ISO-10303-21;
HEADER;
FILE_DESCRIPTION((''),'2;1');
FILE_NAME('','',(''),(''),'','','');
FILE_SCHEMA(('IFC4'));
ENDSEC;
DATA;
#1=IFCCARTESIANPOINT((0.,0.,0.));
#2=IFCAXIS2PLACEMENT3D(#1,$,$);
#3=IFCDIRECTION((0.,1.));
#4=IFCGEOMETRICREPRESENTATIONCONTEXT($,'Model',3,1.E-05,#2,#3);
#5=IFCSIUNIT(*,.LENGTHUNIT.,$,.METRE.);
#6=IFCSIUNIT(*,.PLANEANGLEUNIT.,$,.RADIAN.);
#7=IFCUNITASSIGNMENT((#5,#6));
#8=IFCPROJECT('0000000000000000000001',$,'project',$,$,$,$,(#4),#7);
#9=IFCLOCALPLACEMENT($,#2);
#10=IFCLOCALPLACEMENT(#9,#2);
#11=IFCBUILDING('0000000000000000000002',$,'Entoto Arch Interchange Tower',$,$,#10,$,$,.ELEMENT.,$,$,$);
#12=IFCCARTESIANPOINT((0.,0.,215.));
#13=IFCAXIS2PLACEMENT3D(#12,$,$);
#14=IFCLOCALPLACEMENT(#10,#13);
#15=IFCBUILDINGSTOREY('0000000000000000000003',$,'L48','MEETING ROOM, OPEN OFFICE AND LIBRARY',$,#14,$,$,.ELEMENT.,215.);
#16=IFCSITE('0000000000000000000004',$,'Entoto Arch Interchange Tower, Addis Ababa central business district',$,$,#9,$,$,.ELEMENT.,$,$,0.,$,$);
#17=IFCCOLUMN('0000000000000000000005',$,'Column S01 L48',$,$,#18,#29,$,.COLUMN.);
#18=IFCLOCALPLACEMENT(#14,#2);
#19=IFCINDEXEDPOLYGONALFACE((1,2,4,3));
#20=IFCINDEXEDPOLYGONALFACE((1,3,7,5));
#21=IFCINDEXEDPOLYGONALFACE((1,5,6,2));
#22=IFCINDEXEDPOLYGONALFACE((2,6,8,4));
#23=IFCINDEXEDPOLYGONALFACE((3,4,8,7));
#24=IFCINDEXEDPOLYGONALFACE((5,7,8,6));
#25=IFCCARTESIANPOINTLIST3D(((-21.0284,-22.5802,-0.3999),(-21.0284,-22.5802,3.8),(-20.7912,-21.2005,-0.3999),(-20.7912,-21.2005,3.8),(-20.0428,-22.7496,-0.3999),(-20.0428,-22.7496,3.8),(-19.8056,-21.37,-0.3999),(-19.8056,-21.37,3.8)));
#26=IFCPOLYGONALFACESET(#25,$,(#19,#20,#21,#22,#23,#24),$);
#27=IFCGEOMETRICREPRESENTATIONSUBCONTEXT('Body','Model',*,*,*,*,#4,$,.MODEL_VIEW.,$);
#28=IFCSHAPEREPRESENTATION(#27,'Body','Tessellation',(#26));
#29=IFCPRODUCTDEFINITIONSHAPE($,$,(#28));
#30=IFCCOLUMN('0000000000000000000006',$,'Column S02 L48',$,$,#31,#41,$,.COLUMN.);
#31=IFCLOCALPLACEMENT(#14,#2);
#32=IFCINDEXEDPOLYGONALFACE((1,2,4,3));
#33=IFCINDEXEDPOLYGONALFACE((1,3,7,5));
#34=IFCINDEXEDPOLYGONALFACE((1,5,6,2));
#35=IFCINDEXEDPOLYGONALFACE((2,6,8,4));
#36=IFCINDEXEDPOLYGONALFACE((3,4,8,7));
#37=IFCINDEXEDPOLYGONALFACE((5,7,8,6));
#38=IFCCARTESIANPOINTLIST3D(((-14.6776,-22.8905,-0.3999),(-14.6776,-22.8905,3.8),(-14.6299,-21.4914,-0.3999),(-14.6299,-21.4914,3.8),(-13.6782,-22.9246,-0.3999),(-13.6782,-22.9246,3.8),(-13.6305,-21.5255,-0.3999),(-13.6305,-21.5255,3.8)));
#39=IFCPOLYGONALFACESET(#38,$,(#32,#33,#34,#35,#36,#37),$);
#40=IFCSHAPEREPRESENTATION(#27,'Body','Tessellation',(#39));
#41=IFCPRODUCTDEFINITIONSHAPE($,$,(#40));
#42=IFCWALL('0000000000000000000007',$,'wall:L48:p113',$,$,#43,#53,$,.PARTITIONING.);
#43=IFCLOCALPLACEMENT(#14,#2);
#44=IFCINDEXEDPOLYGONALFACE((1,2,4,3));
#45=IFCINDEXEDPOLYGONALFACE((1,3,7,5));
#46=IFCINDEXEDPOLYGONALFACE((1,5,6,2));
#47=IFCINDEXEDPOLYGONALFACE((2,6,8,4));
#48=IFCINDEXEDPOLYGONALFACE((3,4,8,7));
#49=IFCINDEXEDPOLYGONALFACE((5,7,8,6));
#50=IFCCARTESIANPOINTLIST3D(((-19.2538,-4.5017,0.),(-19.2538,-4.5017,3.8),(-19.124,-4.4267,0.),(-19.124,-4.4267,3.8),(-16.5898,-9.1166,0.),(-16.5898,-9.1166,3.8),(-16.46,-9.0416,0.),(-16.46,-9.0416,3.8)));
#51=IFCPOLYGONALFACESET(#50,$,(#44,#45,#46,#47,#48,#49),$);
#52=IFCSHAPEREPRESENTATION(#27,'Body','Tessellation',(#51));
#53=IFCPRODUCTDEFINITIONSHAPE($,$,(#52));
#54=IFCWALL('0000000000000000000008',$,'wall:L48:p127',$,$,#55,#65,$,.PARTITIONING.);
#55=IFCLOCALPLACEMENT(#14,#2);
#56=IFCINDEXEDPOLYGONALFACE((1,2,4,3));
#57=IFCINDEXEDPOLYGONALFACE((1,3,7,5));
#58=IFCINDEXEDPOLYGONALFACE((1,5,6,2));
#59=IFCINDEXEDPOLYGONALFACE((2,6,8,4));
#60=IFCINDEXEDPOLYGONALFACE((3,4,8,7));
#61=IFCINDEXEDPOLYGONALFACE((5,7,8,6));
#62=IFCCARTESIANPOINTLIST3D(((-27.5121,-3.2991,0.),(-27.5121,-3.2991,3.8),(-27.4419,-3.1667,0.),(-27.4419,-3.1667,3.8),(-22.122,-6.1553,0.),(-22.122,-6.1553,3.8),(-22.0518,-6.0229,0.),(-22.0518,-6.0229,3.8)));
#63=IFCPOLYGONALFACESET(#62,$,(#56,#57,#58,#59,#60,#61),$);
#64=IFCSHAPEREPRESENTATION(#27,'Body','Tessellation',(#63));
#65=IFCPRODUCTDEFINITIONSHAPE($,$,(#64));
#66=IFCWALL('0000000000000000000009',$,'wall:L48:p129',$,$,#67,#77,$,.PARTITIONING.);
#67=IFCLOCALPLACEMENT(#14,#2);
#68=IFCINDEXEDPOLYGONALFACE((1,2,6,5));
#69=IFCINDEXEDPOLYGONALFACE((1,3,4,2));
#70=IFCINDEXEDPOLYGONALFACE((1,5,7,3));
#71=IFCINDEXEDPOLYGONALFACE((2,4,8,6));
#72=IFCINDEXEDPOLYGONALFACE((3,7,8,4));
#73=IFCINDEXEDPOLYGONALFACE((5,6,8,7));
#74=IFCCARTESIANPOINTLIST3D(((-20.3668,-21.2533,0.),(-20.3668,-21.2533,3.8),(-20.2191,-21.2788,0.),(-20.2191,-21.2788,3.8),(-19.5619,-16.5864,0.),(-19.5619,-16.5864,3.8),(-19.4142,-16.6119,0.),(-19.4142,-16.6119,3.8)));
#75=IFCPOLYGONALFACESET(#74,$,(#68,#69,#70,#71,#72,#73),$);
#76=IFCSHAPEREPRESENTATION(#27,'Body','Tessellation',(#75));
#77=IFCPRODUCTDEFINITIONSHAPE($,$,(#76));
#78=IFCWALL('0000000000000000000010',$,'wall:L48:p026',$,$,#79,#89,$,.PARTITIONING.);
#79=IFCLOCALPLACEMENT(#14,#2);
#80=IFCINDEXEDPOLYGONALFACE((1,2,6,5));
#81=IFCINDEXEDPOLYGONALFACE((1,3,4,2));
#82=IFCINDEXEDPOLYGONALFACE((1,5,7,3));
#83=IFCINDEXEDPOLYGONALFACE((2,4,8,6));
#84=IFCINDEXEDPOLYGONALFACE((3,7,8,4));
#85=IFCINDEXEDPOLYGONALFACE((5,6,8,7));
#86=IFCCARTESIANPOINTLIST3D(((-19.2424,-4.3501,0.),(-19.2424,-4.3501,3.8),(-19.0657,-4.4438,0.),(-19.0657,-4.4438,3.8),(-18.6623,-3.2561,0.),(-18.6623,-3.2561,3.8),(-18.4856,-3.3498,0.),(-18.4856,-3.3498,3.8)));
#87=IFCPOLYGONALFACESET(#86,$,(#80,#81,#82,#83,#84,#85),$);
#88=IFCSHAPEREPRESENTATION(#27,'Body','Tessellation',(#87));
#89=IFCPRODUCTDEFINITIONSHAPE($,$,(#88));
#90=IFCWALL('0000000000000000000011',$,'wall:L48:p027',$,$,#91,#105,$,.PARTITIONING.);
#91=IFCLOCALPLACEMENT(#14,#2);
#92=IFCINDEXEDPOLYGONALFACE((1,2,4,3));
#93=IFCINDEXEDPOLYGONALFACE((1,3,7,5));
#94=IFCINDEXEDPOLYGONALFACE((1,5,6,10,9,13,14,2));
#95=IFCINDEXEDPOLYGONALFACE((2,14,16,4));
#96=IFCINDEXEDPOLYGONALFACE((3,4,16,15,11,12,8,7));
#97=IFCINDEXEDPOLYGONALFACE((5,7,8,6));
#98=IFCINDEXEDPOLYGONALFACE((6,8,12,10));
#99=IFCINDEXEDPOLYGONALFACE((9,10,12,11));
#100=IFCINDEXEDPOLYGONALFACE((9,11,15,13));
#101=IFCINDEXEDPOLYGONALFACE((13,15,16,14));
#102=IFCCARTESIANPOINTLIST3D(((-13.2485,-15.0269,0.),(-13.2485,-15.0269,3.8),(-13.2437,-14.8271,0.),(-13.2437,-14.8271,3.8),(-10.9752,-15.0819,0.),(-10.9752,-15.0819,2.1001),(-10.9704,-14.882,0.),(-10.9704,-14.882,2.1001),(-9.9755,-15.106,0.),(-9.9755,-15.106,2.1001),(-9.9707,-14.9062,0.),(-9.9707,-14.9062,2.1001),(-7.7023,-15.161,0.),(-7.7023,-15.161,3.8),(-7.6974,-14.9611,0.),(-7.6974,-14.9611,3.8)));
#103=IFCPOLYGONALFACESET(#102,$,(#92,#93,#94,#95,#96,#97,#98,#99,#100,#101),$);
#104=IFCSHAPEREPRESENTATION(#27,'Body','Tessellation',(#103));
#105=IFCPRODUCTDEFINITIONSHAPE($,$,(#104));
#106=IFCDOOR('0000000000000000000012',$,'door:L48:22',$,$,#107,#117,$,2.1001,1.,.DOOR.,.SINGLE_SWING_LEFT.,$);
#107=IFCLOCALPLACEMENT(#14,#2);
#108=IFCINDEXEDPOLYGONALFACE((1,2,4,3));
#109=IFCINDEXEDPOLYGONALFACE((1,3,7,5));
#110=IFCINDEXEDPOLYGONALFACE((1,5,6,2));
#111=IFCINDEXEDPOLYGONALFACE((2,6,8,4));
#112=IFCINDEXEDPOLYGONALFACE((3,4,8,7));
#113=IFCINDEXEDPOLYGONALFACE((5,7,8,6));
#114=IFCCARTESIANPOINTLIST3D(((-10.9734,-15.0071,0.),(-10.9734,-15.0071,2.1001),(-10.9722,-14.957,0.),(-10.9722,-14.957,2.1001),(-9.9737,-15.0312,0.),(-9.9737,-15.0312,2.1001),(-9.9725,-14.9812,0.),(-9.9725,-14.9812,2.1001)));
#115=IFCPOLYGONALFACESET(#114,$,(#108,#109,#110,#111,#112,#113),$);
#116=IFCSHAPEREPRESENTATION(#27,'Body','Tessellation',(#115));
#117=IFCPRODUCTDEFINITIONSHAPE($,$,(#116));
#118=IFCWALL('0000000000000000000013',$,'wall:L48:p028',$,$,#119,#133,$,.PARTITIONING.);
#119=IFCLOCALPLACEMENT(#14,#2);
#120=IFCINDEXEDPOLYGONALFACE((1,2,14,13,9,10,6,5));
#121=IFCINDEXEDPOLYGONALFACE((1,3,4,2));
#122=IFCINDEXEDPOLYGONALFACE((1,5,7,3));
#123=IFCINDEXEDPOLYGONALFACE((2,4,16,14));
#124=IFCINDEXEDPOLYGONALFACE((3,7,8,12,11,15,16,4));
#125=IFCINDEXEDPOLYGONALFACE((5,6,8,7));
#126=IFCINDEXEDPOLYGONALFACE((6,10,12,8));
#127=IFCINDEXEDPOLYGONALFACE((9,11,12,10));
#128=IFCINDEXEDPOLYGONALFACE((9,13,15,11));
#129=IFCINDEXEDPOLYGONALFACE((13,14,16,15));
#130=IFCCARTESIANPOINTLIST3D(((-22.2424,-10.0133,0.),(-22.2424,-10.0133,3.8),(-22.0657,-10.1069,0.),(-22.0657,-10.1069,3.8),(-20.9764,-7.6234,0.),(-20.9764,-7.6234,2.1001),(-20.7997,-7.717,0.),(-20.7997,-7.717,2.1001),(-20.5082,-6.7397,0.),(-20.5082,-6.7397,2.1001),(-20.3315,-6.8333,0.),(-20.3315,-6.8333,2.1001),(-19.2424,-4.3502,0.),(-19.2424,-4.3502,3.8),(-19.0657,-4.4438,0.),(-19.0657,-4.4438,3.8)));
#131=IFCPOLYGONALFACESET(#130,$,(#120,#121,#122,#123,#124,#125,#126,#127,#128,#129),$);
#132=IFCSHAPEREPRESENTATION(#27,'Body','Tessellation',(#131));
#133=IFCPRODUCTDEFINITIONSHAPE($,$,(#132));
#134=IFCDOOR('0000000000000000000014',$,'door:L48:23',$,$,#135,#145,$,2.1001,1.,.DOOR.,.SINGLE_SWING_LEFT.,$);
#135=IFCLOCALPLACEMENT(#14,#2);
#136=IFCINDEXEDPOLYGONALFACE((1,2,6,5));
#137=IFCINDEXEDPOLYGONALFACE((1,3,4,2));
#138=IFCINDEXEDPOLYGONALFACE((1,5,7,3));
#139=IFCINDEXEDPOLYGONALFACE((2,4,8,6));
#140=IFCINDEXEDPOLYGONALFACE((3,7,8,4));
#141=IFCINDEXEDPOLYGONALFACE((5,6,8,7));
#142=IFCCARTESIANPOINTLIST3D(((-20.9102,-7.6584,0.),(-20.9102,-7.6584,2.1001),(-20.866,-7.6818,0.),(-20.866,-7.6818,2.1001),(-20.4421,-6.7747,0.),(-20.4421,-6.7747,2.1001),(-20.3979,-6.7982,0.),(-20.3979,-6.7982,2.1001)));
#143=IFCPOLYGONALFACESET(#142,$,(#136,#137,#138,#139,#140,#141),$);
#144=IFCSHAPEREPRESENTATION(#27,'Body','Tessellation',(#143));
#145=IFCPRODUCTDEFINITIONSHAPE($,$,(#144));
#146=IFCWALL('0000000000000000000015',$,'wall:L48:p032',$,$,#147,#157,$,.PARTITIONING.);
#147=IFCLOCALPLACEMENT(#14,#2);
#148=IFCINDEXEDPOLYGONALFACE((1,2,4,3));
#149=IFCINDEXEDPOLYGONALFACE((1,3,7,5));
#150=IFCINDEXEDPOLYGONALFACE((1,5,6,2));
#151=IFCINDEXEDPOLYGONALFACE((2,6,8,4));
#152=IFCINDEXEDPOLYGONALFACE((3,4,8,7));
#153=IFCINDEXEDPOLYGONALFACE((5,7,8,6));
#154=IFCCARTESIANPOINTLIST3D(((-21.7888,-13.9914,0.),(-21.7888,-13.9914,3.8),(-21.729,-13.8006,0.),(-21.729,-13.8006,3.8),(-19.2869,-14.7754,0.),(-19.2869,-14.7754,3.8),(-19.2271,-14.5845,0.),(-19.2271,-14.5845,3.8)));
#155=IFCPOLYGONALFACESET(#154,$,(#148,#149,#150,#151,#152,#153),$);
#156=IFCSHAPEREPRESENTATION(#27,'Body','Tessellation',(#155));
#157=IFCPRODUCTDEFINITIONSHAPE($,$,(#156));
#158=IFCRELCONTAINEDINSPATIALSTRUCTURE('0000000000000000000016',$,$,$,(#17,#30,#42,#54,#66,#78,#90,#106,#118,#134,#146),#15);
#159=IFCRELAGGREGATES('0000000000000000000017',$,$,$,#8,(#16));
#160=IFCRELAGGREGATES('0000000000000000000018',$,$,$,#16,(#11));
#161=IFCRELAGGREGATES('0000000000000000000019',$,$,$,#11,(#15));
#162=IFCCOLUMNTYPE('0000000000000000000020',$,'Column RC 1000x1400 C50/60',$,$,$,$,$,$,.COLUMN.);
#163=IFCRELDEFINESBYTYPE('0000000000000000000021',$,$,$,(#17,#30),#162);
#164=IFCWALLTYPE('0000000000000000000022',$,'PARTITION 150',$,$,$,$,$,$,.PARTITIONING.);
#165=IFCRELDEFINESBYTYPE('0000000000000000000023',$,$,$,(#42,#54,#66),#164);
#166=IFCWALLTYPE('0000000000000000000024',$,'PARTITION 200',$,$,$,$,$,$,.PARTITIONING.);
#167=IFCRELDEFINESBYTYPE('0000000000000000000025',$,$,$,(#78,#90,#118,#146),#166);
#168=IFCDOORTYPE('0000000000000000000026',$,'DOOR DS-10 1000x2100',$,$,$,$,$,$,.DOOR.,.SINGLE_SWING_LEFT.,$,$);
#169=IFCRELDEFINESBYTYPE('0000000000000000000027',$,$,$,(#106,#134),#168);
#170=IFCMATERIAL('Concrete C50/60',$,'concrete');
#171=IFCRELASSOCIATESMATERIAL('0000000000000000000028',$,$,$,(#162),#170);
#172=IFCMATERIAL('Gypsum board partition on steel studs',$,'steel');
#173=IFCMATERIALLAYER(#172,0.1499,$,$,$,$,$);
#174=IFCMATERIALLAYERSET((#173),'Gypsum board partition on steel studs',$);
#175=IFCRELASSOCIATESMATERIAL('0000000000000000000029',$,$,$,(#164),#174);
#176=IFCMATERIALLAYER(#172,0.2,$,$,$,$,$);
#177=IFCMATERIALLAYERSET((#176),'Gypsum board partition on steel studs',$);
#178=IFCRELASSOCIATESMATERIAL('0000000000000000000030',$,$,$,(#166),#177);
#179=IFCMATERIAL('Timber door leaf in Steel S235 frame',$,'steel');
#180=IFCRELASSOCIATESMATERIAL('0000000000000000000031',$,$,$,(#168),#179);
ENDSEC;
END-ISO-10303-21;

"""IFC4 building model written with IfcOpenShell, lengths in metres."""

from ifc_helpers import new_model, si_unit, direction, frame, frame_2d, origin, origin_2d, place, context, subcontext, project, spatial, rectangle, extrude, material, layer, layer_set, material_profile, profile_set, type_object, element, fill, save


model = new_model("IFC4")

# Units and contexts
model_context = context("Model", 3, precision=1e-05, world=origin(), true_north=direction((0.0, 1.0)))
body_context = subcontext(model_context, "Body", "Model", "MODEL_VIEW")
ifc_project = project(units=[si_unit("LENGTHUNIT", "METRE"), si_unit("PLANEANGLEUNIT", "RADIAN")], contexts=[model_context])

# Site, building, storey
site_placement = place(None, origin())
site = spatial("IfcSite", under=ifc_project, at=site_placement, Name="Entoto Arch Interchange Tower, Addis Ababa central business district", CompositionType="ELEMENT", RefElevation=0.0)
building_placement = place(site_placement, origin())
building = spatial("IfcBuilding", under=site, at=building_placement, Name="Entoto Arch Interchange Tower", CompositionType="ELEMENT")
storey_placement = place(building_placement, frame((0.0, 0.0, 215.0)))
storey = spatial("IfcBuildingStorey", under=building, at=storey_placement, Name="L48", Description="MEETING ROOM, OPEN OFFICE AND LIBRARY", CompositionType="ELEMENT", Elevation=215.0)

# Columns
ifc_material_1 = material(Name="Concrete C50/60", Category="concrete")
ifc_material_profile = material_profile(ifc_material_1, rectangle(XDim=1.0, YDim=1.3999, at=origin_2d()))
ifc_profile_set = profile_set([ifc_material_profile], Name="Concrete C50/60")
column_type = type_object("IfcColumnType", Name="Column RC 1000x1400 C50/60", PredefinedType="COLUMN", material=ifc_profile_set)
for number, where, z_axis, x_axis, name in (
    (1, (-20.417, -21.9751, -0.3999), (0.0, 0.0, 1.0), (-0.985541, 0.169436, 0.0), "Column S01 L48"),
    (2, (-14.1541, -22.208, -0.3999), (0.0, 0.0, 1.0), (-0.999421, 0.034027, 0.0), "Column S02 L48"),
):
    element("IfcColumn", number, at=place(storey_placement, frame(where, z_axis=z_axis, x_axis=x_axis)), inside=storey, type_object=column_type, Name=name, PredefinedType="COLUMN", context=body_context, shape_type="SweptSolid", body=[
        extrude(rectangle(XDim=1.0, YDim=1.3999, at=origin_2d()), origin(), (0.0, 0.0, 1.0), 4.2),
    ])

# Walls
ifc_material_2 = material(Name="Gypsum board partition on steel studs", Category="steel")
ifc_layer_1 = layer(ifc_material_2, 0.1499)
ifc_layer_set_1 = layer_set([ifc_layer_1], Name="Gypsum board partition on steel studs")
wall_type_1 = type_object("IfcWallType", Name="PARTITION 150", PredefinedType="PARTITIONING", material=ifc_layer_set_1)
wall_1_placement = place(storey_placement, frame((-16.5249, -9.0791, 0.0), z_axis=(0.0, 0.0, 1.0), x_axis=(-0.499943, 0.866058, 0.0)))
element("IfcWall", 3, at=wall_1_placement, inside=storey, type_object=wall_type_1, Name="wall:L48:p113", PredefinedType="PARTITIONING", context=body_context, shape_type="SweptSolid", body=[
    extrude(rectangle(XDim=5.3286, YDim=0.1499, at=frame_2d((2.6643, 0.0))), origin(), (0.0, 0.0, 1.0), 3.8),
])
wall_2_placement = place(storey_placement, frame((-22.0869, -6.0891, 0.0), z_axis=(0.0, 0.0, 1.0), x_axis=(-0.883612, 0.468221, 0.0)))
element("IfcWall", 4, at=wall_2_placement, inside=storey, type_object=wall_type_1, Name="wall:L48:p127", PredefinedType="PARTITIONING", context=body_context, shape_type="SweptSolid", body=[
    extrude(rectangle(XDim=6.1001, YDim=0.1499, at=frame_2d((3.05, 0.0))), origin(), (0.0, 0.0, 1.0), 3.8),
])
wall_3_placement = place(storey_placement, frame((-19.488, -16.5991, 0.0), z_axis=(0.0, 0.0, 1.0), x_axis=(-0.169964, -0.98545, 0.0)))
element("IfcWall", 5, at=wall_3_placement, inside=storey, type_object=wall_type_1, Name="wall:L48:p129", PredefinedType="PARTITIONING", context=body_context, shape_type="SweptSolid", body=[
    extrude(rectangle(XDim=4.7358, YDim=0.1499, at=frame_2d((2.3679, 0.0))), origin(), (0.0, 0.0, 1.0), 3.8),
])
ifc_layer_2 = layer(ifc_material_2, 0.2)
ifc_layer_set_2 = layer_set([ifc_layer_2], Name="Gypsum board partition on steel studs")
wall_type_2 = type_object("IfcWallType", Name="PARTITION 200", PredefinedType="PARTITIONING", material=ifc_layer_set_2)
wall_4_placement = place(storey_placement, frame((-18.574, -3.303, 0.0), z_axis=(0.0, 0.0, 1.0), x_axis=(-0.468458, -0.883486, 0.0)))
element("IfcWall", 6, at=wall_4_placement, inside=storey, type_object=wall_type_2, Name="wall:L48:p026", PredefinedType="PARTITIONING", context=body_context, shape_type="SweptSolid", body=[
    extrude(rectangle(XDim=1.2383, YDim=0.2, at=frame_2d((0.6191, 0.0))), origin(), (0.0, 0.0, 1.0), 3.8),
])

# Walls, openings, doors
wall_5_placement = place(storey_placement, frame((-13.2461, -14.927, 0.0), z_axis=(0.0, 0.0, 1.0), x_axis=(0.999708, -0.02416, 0.0)))
wall_5 = element("IfcWall", 7, at=wall_5_placement, inside=storey, type_object=wall_type_2, Name="wall:L48:p027", PredefinedType="PARTITIONING", context=body_context, shape_type="SweptSolid", body=[
    extrude(rectangle(XDim=5.5479, YDim=0.2, at=frame_2d((2.7739, 0.0))), origin(), (0.0, 0.0, 1.0), 3.8),
])
opening_1_placement = place(wall_5_placement, frame((2.2739, 0.0, 0.0)))
opening_1 = element("IfcOpeningElement", 8, at=opening_1_placement, cuts=wall_5, PredefinedType="OPENING", context=body_context, shape_type="SweptSolid", body=[
    extrude(rectangle(XDim=1.0, YDim=2.1001, at=frame_2d((0.5, 1.05))), frame((0.0, 0.1099, 0.0), z_axis=(0.0, -1.0, 0.0), x_axis=(1.0, 0.0, 0.0)), (0.0, 0.0, 1.0), 0.22),
])
ifc_material_3 = material(Name="Timber door leaf in Steel S235 frame", Category="steel")
door_type = type_object("IfcDoorType", Name="DOOR DS-10 1000x2100", OperationType="SINGLE_SWING_LEFT", PredefinedType="DOOR", material=ifc_material_3)
door_1_placement = place(opening_1_placement, origin())
door_1 = element("IfcDoor", 9, at=door_1_placement, inside=storey, type_object=door_type, Name="door:L48:22", OperationType="SINGLE_SWING_LEFT", OverallHeight=2.1001, OverallWidth=1.0, PredefinedType="DOOR", context=body_context, shape_type="SweptSolid", body=[
    extrude(rectangle(XDim=1.0, YDim=2.1001, at=frame_2d((0.5, 1.05))), frame((0.0, 0.0249, 0.0), z_axis=(0.0, -1.0, 0.0), x_axis=(1.0, 0.0, 0.0)), (0.0, 0.0, 1.0), 0.05),
])
fill(opening_1, door_1)
wall_6_placement = place(storey_placement, frame((-19.1541, -4.397, 0.0), z_axis=(0.0, 0.0, 1.0), x_axis=(-0.468119, -0.883666, 0.0)))
wall_6 = element("IfcWall", 10, at=wall_6_placement, inside=storey, type_object=wall_type_2, Name="wall:L48:p028", PredefinedType="PARTITIONING", context=body_context, shape_type="SweptSolid", body=[
    extrude(rectangle(XDim=6.4087, YDim=0.2, at=frame_2d((3.2043, 0.0))), origin(), (0.0, 0.0, 1.0), 3.8),
])
opening_2_placement = place(wall_6_placement, frame((2.7041, 0.0, 0.0)))
opening_2 = element("IfcOpeningElement", 11, at=opening_2_placement, cuts=wall_6, PredefinedType="OPENING", context=body_context, shape_type="SweptSolid", body=[
    extrude(rectangle(XDim=1.0, YDim=2.1001, at=frame_2d((0.5, 1.05))), frame((0.0, 0.1099, 0.0), z_axis=(0.0, -1.0, 0.0), x_axis=(1.0, 0.0, 0.0)), (0.0, 0.0, 1.0), 0.22),
])
door_2_placement = place(opening_2_placement, origin())
door_2 = element("IfcDoor", 12, at=door_2_placement, inside=storey, type_object=door_type, Name="door:L48:23", OperationType="SINGLE_SWING_LEFT", OverallHeight=2.1001, OverallWidth=1.0, PredefinedType="DOOR", context=body_context, shape_type="SweptSolid", body=[
    extrude(rectangle(XDim=1.0, YDim=2.1001, at=frame_2d((0.5, 1.05))), frame((0.0, 0.0249, 0.0), z_axis=(0.0, -1.0, 0.0), x_axis=(1.0, 0.0, 0.0)), (0.0, 0.0, 1.0), 0.05),
])
fill(opening_2, door_2)

# Wall
wall_7_placement = place(storey_placement, frame((-21.759, -13.896, 0.0), z_axis=(0.0, 0.0, 1.0), x_axis=(0.954254, -0.298996, 0.0)))
element("IfcWall", 13, at=wall_7_placement, inside=storey, type_object=wall_type_2, Name="wall:L48:p032", PredefinedType="PARTITIONING", context=body_context, shape_type="SweptSolid", body=[
    extrude(rectangle(XDim=2.6218, YDim=0.2, at=frame_2d((1.311, 0.0))), origin(), (0.0, 0.0, 1.0), 3.8),
])

save(model, "model.ifc")
